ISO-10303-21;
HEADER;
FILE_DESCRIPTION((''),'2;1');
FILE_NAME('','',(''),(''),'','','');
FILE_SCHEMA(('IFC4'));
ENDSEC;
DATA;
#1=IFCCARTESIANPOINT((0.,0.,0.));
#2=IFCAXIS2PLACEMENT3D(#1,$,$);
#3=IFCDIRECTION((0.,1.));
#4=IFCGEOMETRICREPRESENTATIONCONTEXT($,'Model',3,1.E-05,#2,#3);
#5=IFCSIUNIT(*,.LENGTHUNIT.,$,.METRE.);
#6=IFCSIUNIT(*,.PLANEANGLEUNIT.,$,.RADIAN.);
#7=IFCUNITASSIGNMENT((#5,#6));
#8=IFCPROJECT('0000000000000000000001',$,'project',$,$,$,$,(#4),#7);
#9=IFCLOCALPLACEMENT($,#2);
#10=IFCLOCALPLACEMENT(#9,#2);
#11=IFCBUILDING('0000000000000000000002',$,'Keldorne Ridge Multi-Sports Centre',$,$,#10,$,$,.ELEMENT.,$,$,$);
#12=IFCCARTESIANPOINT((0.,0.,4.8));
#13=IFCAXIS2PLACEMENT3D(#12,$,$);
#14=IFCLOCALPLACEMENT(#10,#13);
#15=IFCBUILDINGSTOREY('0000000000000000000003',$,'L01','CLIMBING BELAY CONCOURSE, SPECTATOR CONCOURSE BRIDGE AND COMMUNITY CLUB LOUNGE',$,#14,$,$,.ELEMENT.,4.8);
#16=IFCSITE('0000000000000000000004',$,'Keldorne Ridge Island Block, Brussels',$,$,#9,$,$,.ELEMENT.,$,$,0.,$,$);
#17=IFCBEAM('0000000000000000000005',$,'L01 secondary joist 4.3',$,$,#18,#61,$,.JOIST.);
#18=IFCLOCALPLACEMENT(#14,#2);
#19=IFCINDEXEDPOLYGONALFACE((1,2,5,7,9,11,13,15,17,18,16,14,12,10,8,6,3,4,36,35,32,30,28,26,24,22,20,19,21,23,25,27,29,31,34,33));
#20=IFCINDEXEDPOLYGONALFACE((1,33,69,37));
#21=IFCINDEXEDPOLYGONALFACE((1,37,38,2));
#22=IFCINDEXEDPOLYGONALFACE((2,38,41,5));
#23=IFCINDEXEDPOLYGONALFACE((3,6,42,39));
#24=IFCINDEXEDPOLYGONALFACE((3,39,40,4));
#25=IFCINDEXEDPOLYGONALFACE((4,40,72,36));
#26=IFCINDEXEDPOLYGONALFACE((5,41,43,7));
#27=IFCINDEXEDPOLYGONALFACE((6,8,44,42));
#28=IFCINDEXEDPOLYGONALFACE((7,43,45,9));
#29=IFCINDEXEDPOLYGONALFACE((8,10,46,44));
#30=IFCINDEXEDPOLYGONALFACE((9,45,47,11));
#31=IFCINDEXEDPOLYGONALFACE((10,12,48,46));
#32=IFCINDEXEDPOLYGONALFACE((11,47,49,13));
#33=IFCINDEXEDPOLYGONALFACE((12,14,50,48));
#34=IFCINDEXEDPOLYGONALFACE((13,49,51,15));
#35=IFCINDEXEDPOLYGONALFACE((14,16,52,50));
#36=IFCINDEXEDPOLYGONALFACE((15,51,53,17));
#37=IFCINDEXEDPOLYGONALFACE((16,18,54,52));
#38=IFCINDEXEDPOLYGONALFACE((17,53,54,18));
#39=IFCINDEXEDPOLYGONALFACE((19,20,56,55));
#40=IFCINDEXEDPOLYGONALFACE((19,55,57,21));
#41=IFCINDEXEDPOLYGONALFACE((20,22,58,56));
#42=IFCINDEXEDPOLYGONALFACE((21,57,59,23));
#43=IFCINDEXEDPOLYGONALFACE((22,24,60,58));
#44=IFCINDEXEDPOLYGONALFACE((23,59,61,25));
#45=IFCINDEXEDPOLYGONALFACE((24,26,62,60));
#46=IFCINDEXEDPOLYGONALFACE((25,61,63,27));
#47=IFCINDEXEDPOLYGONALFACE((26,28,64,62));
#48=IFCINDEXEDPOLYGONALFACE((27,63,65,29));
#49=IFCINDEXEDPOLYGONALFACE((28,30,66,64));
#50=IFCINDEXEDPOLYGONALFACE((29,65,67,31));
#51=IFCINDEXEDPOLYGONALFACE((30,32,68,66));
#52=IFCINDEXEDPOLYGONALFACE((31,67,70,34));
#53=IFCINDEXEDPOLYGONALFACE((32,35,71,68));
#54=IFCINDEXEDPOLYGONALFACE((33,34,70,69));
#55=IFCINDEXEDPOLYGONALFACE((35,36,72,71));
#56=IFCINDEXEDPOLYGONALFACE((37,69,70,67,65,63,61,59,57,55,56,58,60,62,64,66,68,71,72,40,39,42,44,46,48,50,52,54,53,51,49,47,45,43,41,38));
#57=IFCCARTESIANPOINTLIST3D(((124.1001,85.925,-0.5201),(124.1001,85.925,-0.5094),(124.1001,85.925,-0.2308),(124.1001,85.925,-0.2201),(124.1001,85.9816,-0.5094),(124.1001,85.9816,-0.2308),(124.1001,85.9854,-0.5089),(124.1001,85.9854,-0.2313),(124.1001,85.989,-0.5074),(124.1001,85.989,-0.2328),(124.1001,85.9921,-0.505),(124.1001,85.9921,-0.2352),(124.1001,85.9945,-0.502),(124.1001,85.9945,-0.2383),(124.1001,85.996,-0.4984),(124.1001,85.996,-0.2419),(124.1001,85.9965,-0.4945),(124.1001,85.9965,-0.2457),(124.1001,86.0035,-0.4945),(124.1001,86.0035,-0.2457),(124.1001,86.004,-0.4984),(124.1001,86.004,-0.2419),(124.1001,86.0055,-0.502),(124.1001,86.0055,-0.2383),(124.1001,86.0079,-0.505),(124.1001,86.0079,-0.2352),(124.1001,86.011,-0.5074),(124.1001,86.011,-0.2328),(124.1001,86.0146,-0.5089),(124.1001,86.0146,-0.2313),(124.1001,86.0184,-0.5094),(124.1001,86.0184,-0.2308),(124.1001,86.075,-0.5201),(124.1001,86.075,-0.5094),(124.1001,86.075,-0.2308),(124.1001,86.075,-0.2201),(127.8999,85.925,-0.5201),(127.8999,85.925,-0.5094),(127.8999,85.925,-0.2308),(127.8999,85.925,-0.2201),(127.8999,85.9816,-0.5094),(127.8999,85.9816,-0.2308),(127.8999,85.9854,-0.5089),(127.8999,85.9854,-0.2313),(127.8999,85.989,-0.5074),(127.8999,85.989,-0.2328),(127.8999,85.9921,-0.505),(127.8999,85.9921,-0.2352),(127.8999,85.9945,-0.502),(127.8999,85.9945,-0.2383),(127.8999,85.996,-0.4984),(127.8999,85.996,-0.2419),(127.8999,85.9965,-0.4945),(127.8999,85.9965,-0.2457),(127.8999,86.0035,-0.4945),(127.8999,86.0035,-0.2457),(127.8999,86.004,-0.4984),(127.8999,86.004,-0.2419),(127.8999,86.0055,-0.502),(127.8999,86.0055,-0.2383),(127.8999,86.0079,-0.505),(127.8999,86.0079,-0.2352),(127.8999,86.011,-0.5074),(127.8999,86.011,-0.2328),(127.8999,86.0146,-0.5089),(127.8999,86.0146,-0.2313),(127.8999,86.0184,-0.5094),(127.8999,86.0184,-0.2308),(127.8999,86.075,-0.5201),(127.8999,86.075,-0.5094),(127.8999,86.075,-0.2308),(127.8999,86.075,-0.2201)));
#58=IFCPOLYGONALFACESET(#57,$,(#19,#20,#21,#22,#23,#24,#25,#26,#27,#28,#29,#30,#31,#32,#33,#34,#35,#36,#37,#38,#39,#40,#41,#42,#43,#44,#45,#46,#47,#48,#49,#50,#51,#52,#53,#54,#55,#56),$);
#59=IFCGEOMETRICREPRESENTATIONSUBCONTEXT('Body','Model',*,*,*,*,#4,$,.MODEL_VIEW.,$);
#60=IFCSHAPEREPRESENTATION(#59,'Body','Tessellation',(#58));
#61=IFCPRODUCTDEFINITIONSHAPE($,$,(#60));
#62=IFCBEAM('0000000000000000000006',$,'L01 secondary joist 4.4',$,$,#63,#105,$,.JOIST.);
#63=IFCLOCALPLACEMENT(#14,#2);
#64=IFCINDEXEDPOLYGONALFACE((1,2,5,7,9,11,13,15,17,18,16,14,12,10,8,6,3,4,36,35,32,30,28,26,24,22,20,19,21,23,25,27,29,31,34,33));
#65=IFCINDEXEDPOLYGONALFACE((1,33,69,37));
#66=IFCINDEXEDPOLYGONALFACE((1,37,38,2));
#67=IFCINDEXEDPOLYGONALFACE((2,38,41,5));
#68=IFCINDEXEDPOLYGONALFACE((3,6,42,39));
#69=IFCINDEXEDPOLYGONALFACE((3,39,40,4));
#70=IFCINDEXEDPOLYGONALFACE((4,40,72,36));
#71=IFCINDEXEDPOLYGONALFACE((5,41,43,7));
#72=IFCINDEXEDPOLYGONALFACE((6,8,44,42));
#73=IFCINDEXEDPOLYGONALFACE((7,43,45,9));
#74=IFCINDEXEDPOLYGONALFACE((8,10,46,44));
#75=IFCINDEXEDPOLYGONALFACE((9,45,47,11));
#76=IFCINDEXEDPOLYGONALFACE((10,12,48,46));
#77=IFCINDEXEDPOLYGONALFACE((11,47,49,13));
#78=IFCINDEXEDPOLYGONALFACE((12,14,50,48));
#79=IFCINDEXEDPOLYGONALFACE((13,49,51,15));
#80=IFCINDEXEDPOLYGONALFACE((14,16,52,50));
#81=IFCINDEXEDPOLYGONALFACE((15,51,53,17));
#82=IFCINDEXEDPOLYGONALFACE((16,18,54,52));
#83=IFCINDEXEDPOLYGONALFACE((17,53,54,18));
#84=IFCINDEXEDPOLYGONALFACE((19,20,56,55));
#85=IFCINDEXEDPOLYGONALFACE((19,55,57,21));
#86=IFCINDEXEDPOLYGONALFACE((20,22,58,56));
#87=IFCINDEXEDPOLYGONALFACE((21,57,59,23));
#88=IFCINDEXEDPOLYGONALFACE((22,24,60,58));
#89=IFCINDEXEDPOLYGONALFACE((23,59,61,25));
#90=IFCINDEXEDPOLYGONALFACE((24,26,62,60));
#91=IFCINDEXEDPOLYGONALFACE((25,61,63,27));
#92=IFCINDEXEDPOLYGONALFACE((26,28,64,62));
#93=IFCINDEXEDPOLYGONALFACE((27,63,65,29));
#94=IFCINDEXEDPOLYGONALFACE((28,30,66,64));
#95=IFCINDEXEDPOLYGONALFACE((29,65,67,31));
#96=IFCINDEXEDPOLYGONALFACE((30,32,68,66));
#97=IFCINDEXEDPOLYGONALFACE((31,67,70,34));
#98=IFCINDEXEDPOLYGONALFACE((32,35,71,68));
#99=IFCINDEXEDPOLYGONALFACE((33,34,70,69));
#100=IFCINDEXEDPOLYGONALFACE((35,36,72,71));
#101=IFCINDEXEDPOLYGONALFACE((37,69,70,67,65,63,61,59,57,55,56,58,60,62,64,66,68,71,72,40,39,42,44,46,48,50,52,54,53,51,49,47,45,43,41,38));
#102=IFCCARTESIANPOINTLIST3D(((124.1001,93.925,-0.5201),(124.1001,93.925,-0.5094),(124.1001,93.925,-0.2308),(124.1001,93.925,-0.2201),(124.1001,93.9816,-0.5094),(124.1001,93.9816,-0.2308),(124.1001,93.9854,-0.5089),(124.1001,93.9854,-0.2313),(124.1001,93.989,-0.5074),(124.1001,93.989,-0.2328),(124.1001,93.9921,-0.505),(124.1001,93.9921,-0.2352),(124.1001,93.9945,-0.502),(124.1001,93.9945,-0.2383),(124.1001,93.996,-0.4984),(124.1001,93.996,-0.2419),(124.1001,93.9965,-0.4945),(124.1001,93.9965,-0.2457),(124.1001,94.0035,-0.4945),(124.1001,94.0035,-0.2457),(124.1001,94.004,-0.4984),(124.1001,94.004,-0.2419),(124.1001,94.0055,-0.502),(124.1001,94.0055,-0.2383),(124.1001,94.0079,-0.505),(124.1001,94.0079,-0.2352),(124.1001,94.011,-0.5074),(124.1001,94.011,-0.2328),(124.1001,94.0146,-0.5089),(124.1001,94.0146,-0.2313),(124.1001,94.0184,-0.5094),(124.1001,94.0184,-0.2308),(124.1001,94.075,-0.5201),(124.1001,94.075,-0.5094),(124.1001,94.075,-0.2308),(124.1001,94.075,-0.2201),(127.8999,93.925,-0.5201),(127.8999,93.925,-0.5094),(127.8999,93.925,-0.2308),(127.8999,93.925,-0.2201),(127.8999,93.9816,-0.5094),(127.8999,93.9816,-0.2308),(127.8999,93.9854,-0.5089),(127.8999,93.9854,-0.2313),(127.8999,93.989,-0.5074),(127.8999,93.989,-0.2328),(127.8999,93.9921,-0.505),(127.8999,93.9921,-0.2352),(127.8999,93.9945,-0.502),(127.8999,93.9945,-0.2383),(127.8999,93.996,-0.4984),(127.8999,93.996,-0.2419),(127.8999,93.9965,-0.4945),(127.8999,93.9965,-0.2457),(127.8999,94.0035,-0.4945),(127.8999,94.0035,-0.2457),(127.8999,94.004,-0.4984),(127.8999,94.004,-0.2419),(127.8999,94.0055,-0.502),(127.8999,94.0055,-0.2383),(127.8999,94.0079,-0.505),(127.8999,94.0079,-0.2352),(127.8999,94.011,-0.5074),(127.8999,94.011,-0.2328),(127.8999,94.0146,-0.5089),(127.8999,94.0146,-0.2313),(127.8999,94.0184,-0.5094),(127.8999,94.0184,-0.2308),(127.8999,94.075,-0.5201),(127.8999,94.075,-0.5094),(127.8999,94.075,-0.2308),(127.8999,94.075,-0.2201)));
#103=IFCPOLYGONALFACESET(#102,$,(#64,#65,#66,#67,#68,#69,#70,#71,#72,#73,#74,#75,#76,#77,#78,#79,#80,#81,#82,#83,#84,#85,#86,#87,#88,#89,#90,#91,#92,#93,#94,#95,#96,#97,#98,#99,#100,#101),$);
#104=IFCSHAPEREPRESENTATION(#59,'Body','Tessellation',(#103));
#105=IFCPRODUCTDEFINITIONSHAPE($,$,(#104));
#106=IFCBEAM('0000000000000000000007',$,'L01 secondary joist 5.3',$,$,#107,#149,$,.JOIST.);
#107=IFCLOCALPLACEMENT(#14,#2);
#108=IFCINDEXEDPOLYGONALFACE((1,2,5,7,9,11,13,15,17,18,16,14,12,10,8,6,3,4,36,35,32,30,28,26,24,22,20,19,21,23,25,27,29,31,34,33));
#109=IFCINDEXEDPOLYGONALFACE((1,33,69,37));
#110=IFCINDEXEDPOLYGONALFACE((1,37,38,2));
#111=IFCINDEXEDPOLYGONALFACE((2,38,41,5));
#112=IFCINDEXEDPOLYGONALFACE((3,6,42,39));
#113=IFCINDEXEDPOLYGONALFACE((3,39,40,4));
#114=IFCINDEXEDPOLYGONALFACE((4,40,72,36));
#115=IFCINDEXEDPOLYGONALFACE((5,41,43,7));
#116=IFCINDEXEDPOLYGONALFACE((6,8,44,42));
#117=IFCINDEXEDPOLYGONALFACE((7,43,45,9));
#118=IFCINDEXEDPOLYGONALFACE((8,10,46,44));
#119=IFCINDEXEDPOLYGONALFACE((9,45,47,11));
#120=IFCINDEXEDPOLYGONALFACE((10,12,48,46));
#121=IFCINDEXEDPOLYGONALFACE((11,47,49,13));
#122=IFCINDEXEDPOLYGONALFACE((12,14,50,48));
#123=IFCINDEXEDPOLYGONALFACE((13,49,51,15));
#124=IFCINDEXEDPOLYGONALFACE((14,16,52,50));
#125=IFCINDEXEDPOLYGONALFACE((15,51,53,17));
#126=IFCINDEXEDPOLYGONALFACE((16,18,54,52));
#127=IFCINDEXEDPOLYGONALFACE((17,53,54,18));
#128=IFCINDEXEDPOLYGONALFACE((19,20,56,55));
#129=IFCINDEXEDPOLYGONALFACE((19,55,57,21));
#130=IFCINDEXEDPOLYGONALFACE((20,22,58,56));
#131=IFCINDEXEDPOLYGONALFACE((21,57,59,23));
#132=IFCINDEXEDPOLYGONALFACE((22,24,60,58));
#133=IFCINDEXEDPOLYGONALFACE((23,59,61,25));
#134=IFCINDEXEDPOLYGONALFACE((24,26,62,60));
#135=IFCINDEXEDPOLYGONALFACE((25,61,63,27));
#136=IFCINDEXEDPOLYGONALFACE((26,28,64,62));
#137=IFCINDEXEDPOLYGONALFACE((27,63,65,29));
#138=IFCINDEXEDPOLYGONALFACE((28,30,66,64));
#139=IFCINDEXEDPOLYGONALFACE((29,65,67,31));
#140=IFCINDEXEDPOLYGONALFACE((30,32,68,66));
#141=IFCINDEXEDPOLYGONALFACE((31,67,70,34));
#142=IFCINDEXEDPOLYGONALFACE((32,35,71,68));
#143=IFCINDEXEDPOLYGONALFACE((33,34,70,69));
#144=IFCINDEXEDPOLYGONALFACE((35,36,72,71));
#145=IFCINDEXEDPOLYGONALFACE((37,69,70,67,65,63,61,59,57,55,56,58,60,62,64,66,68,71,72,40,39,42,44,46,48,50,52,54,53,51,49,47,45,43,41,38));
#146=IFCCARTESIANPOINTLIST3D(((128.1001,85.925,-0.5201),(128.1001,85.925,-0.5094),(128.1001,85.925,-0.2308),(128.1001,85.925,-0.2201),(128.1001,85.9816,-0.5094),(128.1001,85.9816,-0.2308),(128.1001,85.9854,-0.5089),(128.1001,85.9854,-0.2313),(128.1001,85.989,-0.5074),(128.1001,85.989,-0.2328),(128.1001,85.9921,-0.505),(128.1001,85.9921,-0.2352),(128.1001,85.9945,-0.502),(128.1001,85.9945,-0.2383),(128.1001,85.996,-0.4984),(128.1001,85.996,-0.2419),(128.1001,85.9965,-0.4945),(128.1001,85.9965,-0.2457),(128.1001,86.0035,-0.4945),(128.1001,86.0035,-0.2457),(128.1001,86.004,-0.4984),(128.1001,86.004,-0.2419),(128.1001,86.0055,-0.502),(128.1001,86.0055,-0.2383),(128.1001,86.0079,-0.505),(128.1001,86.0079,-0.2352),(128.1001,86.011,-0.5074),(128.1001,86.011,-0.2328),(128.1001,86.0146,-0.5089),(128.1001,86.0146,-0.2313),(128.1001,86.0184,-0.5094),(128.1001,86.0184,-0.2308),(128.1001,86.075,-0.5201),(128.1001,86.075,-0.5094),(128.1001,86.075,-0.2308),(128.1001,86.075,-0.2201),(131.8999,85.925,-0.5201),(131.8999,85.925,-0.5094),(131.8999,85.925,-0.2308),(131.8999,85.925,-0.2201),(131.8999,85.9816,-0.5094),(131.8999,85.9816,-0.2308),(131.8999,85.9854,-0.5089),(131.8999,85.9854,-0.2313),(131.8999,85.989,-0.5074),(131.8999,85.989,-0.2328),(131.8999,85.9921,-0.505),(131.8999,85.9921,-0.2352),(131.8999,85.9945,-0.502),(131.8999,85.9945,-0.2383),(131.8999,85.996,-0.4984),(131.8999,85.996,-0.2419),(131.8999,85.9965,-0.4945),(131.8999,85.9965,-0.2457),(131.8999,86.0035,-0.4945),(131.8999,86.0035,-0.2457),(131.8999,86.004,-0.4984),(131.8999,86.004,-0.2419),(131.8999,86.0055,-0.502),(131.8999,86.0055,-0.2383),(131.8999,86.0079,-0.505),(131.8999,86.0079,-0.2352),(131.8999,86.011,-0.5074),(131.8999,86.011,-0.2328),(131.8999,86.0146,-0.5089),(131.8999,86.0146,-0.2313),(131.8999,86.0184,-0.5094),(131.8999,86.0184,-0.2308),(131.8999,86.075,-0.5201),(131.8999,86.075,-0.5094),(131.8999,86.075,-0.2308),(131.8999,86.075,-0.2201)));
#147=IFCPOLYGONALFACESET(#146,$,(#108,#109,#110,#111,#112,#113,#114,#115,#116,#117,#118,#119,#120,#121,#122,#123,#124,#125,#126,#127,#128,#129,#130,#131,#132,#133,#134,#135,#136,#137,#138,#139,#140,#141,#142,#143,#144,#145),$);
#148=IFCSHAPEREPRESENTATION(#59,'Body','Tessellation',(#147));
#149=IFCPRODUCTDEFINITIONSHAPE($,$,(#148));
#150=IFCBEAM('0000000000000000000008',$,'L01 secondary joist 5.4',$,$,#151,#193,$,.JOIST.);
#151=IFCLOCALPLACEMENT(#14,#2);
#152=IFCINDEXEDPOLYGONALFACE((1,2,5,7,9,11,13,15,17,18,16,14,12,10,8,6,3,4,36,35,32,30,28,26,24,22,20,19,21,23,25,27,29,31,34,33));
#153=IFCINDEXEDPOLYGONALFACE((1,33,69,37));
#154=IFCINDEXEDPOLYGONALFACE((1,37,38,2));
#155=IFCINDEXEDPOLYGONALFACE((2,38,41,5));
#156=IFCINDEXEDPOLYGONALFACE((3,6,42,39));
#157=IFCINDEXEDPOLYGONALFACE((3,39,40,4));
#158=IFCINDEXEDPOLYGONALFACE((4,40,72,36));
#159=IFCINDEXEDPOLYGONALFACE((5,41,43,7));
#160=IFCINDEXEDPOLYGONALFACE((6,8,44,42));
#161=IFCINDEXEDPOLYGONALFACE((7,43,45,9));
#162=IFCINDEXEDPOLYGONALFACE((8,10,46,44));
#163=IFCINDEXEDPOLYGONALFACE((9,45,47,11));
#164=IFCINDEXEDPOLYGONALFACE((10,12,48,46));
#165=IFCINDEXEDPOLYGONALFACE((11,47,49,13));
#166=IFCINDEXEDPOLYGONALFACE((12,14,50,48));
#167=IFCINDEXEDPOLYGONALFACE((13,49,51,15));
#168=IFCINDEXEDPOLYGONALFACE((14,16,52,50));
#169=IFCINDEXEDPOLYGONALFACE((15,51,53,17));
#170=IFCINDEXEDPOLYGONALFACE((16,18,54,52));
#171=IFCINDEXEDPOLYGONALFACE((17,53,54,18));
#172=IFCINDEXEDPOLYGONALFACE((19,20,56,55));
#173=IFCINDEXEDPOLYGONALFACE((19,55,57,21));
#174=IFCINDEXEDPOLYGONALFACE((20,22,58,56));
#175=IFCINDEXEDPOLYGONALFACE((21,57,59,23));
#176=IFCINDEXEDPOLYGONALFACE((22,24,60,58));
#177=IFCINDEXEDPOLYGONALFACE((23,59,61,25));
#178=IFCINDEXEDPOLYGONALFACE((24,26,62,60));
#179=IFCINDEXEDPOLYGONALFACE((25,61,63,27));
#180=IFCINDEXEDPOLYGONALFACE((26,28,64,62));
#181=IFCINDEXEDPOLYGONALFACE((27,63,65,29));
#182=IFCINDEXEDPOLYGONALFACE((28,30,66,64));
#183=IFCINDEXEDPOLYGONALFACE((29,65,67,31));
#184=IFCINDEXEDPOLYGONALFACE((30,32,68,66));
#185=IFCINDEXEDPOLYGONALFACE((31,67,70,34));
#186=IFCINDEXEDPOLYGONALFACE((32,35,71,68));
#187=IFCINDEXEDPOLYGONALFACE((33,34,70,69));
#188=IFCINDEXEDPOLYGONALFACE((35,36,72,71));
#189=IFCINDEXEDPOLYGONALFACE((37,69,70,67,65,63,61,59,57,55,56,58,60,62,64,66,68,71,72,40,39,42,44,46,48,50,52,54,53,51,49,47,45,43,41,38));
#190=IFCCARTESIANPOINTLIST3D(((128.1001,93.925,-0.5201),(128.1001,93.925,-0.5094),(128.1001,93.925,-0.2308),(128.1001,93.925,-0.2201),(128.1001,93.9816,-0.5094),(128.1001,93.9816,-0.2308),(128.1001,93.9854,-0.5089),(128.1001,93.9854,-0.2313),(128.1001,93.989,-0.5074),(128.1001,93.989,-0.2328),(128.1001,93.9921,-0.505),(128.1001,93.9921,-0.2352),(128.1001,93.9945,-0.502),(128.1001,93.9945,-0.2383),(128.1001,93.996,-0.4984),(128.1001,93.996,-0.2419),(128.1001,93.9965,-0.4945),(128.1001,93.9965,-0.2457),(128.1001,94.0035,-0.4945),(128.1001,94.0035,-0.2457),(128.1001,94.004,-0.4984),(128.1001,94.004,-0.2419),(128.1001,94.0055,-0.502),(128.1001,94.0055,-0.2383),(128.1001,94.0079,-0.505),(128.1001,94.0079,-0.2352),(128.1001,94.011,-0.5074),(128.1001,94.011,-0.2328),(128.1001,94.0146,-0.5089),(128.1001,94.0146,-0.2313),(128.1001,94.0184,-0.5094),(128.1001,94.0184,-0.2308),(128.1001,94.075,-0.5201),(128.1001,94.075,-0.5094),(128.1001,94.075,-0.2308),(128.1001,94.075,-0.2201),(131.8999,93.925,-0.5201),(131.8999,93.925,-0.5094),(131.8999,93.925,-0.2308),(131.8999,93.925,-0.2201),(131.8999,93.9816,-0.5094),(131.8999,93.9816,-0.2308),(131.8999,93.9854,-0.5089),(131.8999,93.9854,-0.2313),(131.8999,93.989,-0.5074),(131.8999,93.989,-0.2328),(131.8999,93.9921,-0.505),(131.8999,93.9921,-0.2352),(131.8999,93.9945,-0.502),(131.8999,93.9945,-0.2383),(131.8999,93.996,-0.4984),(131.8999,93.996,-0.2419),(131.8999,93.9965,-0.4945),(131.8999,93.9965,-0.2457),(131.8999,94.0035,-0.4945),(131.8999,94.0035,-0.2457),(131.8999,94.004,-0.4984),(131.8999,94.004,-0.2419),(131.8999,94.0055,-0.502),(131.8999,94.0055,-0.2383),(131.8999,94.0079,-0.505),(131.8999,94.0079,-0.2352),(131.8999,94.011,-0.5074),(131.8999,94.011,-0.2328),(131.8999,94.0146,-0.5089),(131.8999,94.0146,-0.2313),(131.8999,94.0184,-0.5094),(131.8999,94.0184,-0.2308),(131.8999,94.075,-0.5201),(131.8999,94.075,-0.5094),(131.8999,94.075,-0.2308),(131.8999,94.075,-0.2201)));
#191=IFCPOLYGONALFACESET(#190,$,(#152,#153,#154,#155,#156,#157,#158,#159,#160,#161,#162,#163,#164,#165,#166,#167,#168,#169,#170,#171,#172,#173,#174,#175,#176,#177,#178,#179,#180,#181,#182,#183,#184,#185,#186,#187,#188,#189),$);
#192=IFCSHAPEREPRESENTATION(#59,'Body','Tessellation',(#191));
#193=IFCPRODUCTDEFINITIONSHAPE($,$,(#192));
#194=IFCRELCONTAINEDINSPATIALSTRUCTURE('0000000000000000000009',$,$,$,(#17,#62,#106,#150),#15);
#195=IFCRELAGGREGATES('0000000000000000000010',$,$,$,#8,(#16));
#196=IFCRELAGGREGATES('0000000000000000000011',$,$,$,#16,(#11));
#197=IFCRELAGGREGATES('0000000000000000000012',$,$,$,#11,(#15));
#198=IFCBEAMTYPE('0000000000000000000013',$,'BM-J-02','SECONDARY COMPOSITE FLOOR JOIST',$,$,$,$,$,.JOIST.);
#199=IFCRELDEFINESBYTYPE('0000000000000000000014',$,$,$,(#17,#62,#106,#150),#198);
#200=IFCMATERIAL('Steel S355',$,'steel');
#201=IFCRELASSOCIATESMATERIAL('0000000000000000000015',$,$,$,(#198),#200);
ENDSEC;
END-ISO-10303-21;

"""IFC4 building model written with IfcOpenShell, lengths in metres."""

from ifc_helpers import new_model, si_unit, direction, frame, origin, origin_2d, place, context, subcontext, project, spatial, i_section, extrude, material, material_profile, profile_set, type_object, element, save


model = new_model("IFC4")

# Units and contexts
model_context = context("Model", 3, precision=1e-05, world=origin(), true_north=direction((0.0, 1.0)))
body_context = subcontext(model_context, "Body", "Model", "MODEL_VIEW")
ifc_project = project(units=[si_unit("LENGTHUNIT", "METRE"), si_unit("PLANEANGLEUNIT", "RADIAN")], contexts=[model_context])

# Site, building, storey
site_placement = place(None, origin())
site = spatial("IfcSite", under=ifc_project, at=site_placement, Name="Keldorne Ridge Island Block, Brussels", CompositionType="ELEMENT", RefElevation=0.0)
building_placement = place(site_placement, origin())
building = spatial("IfcBuilding", under=site, at=building_placement, Name="Keldorne Ridge Multi-Sports Centre", CompositionType="ELEMENT")
storey_placement = place(building_placement, frame((0.0, 0.0, 4.8)))
storey = spatial("IfcBuildingStorey", under=building, at=storey_placement, Name="L01", Description="CLIMBING BELAY CONCOURSE, SPECTATOR CONCOURSE BRIDGE AND COMMUNITY CLUB LOUNGE", CompositionType="ELEMENT", Elevation=4.8)

# Shared definitions
ifc_material = material(Name="Steel S355", Category="steel")

# Beams
ifc_material_profile_1 = material_profile(ifc_material, i_section(OverallWidth=0.1499, OverallDepth=0.3, WebThickness=0.0071, FlangeThickness=0.0107, FilletRadius=0.0149, at=origin_2d()), Name="IPE 300")
ifc_profile_set_1 = profile_set([ifc_material_profile_1], Name="Steel S355")
beam_type_1 = type_object("IfcBeamType", Name="BM-J-02", Description="SECONDARY COMPOSITE FLOOR JOIST", PredefinedType="JOIST", material=ifc_profile_set_1)
for number, where, z_axis, x_axis, name in (
    (1, (124.1001, 86.0, -0.3701), (1.0, 0.0, 0.0), (0.0, 1.0, 0.0), "L01 secondary joist 4.3"),
    (2, (124.1001, 94.0, -0.3701), (1.0, 0.0, 0.0), (0.0, 1.0, 0.0), "L01 secondary joist 4.4"),
    (3, (128.1001, 86.0, -0.3701), (1.0, 0.0, 0.0), (0.0, 1.0, 0.0), "L01 secondary joist 5.3"),
    (4, (128.1001, 94.0, -0.3701), (1.0, 0.0, 0.0), (0.0, 1.0, 0.0), "L01 secondary joist 5.4"),
):
    element("IfcBeam", number, at=place(storey_placement, frame(where, z_axis=z_axis, x_axis=x_axis)), inside=storey, type_object=beam_type_1, Name=name, PredefinedType="JOIST", context=body_context, shape_type="SweptSolid", body=[
        extrude(i_section(OverallWidth=0.1499, OverallDepth=0.3, WebThickness=0.0071, FlangeThickness=0.0107, FilletRadius=0.0149, at=origin_2d()), origin(), (0.0, 0.0, 1.0), 3.7998),
    ])

save(model, "model.ifc")
